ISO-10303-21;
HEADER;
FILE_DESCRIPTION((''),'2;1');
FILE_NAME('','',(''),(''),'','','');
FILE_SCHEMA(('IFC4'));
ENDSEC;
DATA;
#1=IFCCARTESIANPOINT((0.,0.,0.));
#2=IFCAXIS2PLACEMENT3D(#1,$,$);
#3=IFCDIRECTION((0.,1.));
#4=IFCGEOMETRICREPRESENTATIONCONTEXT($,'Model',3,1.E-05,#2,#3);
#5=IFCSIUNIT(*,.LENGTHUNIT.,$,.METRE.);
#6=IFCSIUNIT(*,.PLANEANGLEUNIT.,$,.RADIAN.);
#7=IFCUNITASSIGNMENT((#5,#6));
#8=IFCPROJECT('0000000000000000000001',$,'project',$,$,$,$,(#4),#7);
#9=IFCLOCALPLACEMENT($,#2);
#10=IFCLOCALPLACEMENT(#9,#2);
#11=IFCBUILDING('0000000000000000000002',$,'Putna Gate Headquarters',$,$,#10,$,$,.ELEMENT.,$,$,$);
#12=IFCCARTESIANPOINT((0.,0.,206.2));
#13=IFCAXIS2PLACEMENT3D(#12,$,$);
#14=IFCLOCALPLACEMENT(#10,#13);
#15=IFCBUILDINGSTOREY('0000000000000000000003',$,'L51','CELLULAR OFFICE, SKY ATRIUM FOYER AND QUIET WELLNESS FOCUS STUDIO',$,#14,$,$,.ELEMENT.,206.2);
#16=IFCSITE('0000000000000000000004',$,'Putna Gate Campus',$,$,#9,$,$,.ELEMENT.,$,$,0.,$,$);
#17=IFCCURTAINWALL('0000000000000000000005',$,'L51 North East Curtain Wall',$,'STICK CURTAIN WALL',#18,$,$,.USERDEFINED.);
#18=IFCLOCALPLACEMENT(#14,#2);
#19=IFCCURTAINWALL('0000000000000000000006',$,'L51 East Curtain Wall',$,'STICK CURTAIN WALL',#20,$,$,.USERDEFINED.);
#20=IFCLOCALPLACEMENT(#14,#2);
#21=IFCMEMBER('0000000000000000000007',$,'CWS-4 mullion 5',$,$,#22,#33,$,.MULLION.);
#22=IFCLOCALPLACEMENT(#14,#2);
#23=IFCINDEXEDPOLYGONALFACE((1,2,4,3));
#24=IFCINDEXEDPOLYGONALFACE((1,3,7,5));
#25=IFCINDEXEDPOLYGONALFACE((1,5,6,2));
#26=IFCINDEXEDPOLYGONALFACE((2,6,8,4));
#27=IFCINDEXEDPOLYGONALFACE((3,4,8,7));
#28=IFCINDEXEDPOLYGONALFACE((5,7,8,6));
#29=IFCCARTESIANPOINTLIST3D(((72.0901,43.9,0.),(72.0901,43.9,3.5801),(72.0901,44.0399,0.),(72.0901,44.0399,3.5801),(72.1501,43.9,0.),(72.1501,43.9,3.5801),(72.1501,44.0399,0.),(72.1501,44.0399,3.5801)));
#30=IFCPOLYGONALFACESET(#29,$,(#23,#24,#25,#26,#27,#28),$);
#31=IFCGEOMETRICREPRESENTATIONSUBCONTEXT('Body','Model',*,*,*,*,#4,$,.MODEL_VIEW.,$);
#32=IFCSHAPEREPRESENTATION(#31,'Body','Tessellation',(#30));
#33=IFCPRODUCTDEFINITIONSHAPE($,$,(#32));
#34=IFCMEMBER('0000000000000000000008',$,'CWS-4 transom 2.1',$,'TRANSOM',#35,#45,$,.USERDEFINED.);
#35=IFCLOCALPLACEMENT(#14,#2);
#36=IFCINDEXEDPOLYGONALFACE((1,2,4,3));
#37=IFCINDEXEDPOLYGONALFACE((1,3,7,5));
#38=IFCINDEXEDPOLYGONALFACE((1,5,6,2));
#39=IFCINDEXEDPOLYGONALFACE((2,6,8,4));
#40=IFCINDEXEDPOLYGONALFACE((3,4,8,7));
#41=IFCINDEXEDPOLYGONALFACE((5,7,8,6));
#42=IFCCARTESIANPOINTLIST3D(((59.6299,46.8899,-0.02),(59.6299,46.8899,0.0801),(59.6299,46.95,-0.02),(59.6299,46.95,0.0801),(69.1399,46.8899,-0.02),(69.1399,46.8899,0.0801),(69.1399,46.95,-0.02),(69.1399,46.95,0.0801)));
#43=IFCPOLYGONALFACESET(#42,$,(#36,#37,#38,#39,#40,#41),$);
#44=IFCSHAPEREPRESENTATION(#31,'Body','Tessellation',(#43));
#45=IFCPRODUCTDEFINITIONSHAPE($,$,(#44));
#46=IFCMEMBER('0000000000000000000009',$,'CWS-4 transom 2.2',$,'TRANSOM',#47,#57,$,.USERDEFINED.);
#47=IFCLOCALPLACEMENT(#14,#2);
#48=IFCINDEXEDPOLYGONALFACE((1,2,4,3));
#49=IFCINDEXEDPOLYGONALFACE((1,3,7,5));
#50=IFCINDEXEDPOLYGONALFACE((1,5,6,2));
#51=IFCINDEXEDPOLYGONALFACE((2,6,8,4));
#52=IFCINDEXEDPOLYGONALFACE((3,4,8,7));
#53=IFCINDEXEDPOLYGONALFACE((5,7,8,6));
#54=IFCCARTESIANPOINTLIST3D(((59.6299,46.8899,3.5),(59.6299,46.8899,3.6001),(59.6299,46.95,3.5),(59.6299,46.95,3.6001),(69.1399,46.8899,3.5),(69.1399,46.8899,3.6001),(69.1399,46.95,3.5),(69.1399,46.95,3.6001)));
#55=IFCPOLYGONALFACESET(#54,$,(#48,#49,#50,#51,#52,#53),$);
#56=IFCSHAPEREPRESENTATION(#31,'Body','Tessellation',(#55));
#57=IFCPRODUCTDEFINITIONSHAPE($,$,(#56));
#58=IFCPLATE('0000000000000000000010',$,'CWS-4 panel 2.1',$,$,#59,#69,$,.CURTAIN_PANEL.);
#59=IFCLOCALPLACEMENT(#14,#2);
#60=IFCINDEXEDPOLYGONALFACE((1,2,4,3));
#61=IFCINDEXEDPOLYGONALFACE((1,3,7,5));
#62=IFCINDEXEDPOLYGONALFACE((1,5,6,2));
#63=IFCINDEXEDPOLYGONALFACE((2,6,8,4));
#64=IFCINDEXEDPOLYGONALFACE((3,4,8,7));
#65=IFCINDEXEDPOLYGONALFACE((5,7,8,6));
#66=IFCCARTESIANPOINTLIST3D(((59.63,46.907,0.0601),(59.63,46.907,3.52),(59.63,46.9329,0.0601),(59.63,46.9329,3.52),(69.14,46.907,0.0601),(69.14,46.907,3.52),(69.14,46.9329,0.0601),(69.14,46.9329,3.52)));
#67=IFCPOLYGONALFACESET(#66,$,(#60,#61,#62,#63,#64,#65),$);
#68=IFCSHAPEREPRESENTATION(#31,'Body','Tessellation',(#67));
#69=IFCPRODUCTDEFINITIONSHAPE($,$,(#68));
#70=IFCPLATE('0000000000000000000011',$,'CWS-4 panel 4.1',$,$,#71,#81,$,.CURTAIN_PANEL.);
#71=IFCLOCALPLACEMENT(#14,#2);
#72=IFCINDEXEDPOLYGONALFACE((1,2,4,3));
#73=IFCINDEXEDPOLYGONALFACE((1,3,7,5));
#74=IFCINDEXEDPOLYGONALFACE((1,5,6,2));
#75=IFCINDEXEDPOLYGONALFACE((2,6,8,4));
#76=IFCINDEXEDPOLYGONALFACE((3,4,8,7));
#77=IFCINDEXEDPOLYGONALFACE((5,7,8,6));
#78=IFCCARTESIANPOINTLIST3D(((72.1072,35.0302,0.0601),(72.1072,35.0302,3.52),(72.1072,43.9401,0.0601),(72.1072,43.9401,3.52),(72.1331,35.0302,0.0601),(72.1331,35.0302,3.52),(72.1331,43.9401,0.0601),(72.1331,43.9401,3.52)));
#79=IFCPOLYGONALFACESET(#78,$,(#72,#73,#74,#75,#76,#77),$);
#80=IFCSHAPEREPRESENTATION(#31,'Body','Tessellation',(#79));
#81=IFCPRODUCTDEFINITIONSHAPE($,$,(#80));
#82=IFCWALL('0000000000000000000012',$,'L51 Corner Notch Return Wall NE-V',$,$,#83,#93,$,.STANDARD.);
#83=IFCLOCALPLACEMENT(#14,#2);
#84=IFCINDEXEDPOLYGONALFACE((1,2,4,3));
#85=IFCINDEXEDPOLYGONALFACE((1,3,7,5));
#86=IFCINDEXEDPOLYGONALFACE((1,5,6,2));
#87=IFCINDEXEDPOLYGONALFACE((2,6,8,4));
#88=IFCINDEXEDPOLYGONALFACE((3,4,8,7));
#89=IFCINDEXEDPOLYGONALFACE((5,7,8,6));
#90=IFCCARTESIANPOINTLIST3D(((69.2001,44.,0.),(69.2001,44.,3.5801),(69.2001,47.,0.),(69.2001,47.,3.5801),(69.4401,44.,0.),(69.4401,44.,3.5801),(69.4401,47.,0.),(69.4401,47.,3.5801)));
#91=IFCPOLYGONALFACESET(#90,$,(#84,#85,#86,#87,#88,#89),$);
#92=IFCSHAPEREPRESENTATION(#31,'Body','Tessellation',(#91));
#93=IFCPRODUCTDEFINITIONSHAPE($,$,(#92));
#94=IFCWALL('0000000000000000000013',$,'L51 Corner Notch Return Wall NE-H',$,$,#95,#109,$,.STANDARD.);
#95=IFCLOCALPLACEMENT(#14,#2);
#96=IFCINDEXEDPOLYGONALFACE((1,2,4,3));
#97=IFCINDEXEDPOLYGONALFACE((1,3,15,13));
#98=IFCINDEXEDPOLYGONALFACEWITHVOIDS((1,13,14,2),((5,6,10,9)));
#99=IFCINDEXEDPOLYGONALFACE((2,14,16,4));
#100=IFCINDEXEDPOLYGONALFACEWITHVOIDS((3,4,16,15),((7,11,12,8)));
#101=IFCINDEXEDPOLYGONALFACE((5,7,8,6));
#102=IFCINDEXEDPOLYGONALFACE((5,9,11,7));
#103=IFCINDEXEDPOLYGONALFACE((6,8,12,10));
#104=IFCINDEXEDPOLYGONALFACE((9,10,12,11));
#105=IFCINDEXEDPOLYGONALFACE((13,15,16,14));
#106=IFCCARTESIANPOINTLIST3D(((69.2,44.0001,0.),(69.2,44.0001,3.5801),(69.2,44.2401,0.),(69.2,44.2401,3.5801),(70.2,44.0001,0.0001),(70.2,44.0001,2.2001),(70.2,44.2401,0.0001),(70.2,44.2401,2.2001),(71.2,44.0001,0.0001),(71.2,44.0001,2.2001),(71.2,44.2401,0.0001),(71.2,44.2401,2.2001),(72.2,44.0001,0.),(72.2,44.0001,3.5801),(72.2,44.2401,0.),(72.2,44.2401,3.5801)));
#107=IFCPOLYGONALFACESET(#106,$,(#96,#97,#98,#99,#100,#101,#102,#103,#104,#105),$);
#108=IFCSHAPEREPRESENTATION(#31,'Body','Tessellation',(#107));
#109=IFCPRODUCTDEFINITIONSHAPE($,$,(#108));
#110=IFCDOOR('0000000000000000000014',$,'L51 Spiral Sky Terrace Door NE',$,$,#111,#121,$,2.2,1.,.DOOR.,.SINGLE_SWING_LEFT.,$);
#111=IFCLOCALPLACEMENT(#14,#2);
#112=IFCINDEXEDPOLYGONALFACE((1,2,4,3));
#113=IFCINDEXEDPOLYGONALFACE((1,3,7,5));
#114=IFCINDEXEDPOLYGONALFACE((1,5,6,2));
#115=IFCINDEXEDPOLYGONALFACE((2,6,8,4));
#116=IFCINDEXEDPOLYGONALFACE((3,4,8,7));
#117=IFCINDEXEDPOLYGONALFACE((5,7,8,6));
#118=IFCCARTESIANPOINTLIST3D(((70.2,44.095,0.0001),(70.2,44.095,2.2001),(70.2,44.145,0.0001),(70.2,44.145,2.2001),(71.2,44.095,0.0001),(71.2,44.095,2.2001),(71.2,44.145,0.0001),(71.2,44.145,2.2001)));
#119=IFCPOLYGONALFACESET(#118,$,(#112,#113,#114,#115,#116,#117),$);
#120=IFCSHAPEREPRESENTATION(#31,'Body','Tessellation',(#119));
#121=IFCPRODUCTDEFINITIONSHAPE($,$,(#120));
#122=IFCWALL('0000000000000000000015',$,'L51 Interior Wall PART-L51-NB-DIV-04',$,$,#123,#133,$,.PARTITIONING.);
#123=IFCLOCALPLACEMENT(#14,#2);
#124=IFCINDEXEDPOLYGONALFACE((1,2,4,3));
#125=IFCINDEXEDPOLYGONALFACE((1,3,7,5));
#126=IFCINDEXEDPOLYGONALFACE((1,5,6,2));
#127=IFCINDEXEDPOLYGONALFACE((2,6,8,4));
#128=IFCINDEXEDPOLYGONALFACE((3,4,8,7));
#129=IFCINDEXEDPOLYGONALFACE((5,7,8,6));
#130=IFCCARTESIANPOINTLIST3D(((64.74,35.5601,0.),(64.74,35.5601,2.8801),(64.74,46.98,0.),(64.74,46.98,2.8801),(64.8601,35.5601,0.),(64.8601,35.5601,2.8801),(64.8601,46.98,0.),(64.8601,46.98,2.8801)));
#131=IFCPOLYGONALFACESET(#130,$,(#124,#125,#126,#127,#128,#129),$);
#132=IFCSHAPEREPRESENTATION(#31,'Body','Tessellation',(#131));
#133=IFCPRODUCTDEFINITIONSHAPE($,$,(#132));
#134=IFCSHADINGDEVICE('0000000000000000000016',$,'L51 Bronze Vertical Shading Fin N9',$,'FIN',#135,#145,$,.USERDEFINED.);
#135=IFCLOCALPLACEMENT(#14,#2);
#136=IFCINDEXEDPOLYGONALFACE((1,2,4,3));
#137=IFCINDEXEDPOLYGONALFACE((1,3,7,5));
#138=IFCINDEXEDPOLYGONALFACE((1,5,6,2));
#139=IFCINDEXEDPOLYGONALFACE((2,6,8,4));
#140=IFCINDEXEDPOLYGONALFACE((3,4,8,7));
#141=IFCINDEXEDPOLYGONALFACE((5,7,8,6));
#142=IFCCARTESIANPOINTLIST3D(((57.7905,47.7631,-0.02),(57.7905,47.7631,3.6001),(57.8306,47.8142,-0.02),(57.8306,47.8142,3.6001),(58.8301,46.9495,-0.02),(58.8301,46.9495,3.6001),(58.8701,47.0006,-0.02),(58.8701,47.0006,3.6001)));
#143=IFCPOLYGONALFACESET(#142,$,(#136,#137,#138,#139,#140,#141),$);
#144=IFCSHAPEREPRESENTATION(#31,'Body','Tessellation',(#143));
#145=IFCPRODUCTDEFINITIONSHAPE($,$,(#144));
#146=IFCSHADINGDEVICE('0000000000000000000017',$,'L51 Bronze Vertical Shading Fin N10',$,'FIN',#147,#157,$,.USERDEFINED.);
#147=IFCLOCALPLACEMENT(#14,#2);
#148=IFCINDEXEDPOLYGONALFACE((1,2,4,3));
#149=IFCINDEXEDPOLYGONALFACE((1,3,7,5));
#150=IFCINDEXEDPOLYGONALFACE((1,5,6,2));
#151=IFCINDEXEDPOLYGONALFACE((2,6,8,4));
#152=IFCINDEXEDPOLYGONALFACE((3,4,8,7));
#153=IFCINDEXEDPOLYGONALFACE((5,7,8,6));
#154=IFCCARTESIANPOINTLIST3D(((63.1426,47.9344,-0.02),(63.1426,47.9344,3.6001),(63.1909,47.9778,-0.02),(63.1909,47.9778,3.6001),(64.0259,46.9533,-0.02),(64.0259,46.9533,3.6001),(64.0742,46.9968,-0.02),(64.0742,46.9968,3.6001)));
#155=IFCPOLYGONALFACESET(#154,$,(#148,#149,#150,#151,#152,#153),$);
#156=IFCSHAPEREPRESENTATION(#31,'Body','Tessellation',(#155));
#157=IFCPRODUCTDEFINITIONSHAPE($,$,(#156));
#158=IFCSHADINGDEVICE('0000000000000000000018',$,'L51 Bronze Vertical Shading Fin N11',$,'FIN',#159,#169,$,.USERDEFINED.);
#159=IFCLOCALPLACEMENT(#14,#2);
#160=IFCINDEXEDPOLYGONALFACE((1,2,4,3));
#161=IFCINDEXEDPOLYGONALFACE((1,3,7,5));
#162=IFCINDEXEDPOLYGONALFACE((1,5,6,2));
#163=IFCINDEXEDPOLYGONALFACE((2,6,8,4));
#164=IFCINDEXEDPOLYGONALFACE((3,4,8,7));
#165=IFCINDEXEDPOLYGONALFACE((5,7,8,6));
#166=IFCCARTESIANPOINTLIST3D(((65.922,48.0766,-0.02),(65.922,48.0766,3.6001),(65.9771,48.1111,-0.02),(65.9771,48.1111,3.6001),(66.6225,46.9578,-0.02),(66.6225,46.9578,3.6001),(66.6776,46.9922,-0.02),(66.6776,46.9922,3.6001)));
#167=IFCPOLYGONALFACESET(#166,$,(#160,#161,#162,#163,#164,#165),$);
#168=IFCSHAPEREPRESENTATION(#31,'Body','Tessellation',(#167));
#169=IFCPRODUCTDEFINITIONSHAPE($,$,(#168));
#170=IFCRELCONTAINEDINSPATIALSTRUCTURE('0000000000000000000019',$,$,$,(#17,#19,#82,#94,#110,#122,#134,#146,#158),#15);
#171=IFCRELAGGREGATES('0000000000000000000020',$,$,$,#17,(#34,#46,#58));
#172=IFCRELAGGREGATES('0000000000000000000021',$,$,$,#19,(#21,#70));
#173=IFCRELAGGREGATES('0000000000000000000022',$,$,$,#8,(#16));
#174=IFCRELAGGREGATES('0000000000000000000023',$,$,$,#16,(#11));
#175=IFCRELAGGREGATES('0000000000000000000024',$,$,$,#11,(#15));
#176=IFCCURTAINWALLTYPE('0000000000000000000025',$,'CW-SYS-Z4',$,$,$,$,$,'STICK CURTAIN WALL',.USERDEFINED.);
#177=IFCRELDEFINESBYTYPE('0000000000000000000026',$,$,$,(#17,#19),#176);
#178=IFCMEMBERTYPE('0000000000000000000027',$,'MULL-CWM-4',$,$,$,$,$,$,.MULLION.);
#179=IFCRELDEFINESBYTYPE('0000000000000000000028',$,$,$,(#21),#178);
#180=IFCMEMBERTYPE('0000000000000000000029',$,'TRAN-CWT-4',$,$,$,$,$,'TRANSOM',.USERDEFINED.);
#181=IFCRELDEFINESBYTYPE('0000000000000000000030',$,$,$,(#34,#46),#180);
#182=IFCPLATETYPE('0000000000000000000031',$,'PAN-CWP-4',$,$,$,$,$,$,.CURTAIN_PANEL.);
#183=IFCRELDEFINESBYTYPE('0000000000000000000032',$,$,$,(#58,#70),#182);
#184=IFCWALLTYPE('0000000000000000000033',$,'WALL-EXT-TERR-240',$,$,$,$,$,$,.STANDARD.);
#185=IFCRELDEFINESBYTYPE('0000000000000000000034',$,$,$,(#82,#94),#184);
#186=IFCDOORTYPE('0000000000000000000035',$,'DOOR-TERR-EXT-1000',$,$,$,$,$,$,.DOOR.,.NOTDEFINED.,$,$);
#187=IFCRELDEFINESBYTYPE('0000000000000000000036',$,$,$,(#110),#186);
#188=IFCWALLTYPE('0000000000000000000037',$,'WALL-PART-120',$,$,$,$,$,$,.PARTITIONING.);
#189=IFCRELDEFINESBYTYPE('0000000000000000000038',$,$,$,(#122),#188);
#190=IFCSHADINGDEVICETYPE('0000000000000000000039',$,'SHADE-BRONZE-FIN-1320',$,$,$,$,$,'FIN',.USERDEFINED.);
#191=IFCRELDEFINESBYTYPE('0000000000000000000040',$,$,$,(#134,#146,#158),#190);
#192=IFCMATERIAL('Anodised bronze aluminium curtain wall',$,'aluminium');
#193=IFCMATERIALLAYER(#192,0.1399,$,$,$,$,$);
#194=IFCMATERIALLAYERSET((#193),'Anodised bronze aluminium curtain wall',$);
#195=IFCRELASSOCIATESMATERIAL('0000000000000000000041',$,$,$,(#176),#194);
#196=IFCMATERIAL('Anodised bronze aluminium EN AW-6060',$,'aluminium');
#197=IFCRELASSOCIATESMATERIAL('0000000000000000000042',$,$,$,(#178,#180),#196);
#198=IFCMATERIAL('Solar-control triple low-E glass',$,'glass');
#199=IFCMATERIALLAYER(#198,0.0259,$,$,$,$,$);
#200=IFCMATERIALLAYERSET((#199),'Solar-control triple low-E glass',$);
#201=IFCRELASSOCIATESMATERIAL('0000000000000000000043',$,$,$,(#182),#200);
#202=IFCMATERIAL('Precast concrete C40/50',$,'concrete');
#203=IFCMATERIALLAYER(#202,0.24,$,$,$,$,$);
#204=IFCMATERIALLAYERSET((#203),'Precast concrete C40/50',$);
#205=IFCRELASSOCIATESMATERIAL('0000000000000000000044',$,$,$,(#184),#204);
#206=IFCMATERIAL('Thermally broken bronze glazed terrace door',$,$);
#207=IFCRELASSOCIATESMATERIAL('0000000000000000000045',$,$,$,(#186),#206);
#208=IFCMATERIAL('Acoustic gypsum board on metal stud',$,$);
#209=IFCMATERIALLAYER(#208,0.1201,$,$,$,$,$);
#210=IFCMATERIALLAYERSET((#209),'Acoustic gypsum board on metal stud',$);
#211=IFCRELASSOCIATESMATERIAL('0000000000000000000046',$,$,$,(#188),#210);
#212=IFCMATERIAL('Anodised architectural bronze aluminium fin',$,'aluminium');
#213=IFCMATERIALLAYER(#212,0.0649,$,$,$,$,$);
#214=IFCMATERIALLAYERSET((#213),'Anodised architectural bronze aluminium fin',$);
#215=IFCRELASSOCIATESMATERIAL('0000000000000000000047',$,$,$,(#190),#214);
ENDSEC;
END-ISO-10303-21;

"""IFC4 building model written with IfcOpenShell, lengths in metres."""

from ifc_helpers import new_model, si_unit, direction, frame, frame_2d, origin, origin_2d, place, context, subcontext, project, spatial, rectangle, extrude, material, layer, layer_set, material_profile, profile_set, type_object, element, fill, aggregate, save


model = new_model("IFC4")

# Units and contexts
model_context = context("Model", 3, precision=1e-05, world=origin(), true_north=direction((0.0, 1.0)))
body_context = subcontext(model_context, "Body", "Model", "MODEL_VIEW")
ifc_project = project(units=[si_unit("LENGTHUNIT", "METRE"), si_unit("PLANEANGLEUNIT", "RADIAN")], contexts=[model_context])

# Site, building, storey
site_placement = place(None, origin())
site = spatial("IfcSite", under=ifc_project, at=site_placement, Name="Putna Gate Campus", CompositionType="ELEMENT", RefElevation=0.0)
building_placement = place(site_placement, origin())
building = spatial("IfcBuilding", under=site, at=building_placement, Name="Putna Gate Headquarters", CompositionType="ELEMENT")
storey_placement = place(building_placement, frame((0.0, 0.0, 206.2)))
storey = spatial("IfcBuildingStorey", under=building, at=storey_placement, Name="L51", Description="CELLULAR OFFICE, SKY ATRIUM FOYER AND QUIET WELLNESS FOCUS STUDIO", CompositionType="ELEMENT", Elevation=206.2)

# Curtain wall
ifc_material_1 = material(Name="Anodised bronze aluminium curtain wall", Category="aluminium")
ifc_layer_1 = layer(ifc_material_1, 0.1399)
ifc_layer_set_1 = layer_set([ifc_layer_1], Name="Anodised bronze aluminium curtain wall")
curtain_wall_type = type_object("IfcCurtainWallType", Name="CW-SYS-Z4", ElementType="STICK CURTAIN WALL", PredefinedType="USERDEFINED", material=ifc_layer_set_1)
curtain_wall_1_placement = place(storey_placement, origin())
curtain_wall_1 = element("IfcCurtainWall", 1, at=curtain_wall_1_placement, inside=storey, type_object=curtain_wall_type, Name="L51 North East Curtain Wall", ObjectType="STICK CURTAIN WALL", PredefinedType="USERDEFINED")
ifc_material_2 = material(Name="Anodised bronze aluminium EN AW-6060", Category="aluminium")
ifc_material_profile_1 = material_profile(ifc_material_2, rectangle(XDim=0.0601, YDim=0.1399, at=origin_2d()), Name="Anodised bronze aluminium EN AW-6060")
ifc_profile_set_1 = profile_set([ifc_material_profile_1], Name="Anodised bronze aluminium EN AW-6060")
member_type_1 = type_object("IfcMemberType", Name="MULL-CWM-4", PredefinedType="MULLION", material=ifc_profile_set_1)

# Curtain wall, member
curtain_wall_2_placement = place(storey_placement, origin())
curtain_wall_2 = element("IfcCurtainWall", 2, at=curtain_wall_2_placement, inside=storey, type_object=curtain_wall_type, Name="L51 East Curtain Wall", ObjectType="STICK CURTAIN WALL", PredefinedType="USERDEFINED")
member_1_placement = place(storey_placement, frame((72.1201, 43.97, 0.0), z_axis=(0.0, 0.0, 1.0), x_axis=(-1.0, 0.0, 0.0)))
member_1 = element("IfcMember", 3, at=member_1_placement, type_object=member_type_1, Name="CWS-4 mullion 5", PredefinedType="MULLION", context=body_context, shape_type="SweptSolid", body=[
    extrude(rectangle(XDim=0.0601, YDim=0.1399, at=origin_2d()), origin(), (0.0, 0.0, 1.0), 3.5801),
])

# Members
ifc_material_profile_2 = material_profile(ifc_material_2, rectangle(XDim=0.0601, YDim=0.1001, at=origin_2d()), Name="Anodised bronze aluminium EN AW-6060")
ifc_profile_set_2 = profile_set([ifc_material_profile_2], Name="Anodised bronze aluminium EN AW-6060")
member_type_2 = type_object("IfcMemberType", Name="TRAN-CWT-4", ElementType="TRANSOM", PredefinedType="USERDEFINED", material=ifc_profile_set_2)
member_2_placement = place(storey_placement, frame((59.6299, 46.9199, 0.03), z_axis=(1.0, 0.0, 0.0), x_axis=(0.0, 1.0, 0.0)))
member_2 = element("IfcMember", 4, at=member_2_placement, type_object=member_type_2, Name="CWS-4 transom 2.1", ObjectType="TRANSOM", PredefinedType="USERDEFINED", context=body_context, shape_type="SweptSolid", body=[
    extrude(rectangle(XDim=0.0601, YDim=0.1001, at=origin_2d()), origin(), (0.0, 0.0, 1.0), 9.51),
])
member_3_placement = place(storey_placement, frame((59.6299, 46.9199, 3.55), z_axis=(1.0, 0.0, 0.0), x_axis=(0.0, 1.0, 0.0)))
member_3 = element("IfcMember", 5, at=member_3_placement, type_object=member_type_2, Name="CWS-4 transom 2.2", ObjectType="TRANSOM", PredefinedType="USERDEFINED", context=body_context, shape_type="SweptSolid", body=[
    extrude(rectangle(XDim=0.0601, YDim=0.1001, at=origin_2d()), origin(), (0.0, 0.0, 1.0), 9.51),
])

# Plates
ifc_material_3 = material(Name="Solar-control triple low-E glass", Category="glass")
ifc_layer_2 = layer(ifc_material_3, 0.0259)
ifc_layer_set_2 = layer_set([ifc_layer_2], Name="Solar-control triple low-E glass")
plate_type = type_object("IfcPlateType", Name="PAN-CWP-4", PredefinedType="CURTAIN_PANEL", material=ifc_layer_set_2)
plate_1_placement = place(storey_placement, frame((64.385, 46.9199, 0.0601), z_axis=(0.0, 0.0, 1.0), x_axis=(1.0, 0.0, 0.0)))
plate_1 = element("IfcPlate", 6, at=plate_1_placement, type_object=plate_type, Name="CWS-4 panel 2.1", PredefinedType="CURTAIN_PANEL", context=body_context, shape_type="SweptSolid", body=[
    extrude(rectangle(XDim=9.51, YDim=0.0259, at=origin_2d()), origin(), (0.0, 0.0, 1.0), 3.46),
])
aggregate(curtain_wall_1, [member_2, member_3, plate_1])
plate_2_placement = place(storey_placement, frame((72.1201, 39.4851, 0.0601), z_axis=(0.0, 0.0, 1.0), x_axis=(0.0, 1.0, 0.0)))
plate_2 = element("IfcPlate", 7, at=plate_2_placement, type_object=plate_type, Name="CWS-4 panel 4.1", PredefinedType="CURTAIN_PANEL", context=body_context, shape_type="SweptSolid", body=[
    extrude(rectangle(XDim=8.9099, YDim=0.0259, at=origin_2d()), origin(), (0.0, 0.0, 1.0), 3.46),
])
aggregate(curtain_wall_2, [member_1, plate_2])

# Wall
ifc_material_4 = material(Name="Precast concrete C40/50", Category="concrete")
ifc_layer_3 = layer(ifc_material_4, 0.24)
ifc_layer_set_3 = layer_set([ifc_layer_3], Name="Precast concrete C40/50")
wall_type_1 = type_object("IfcWallType", Name="WALL-EXT-TERR-240", PredefinedType="STANDARD", material=ifc_layer_set_3)
wall_1_placement = place(storey_placement, frame((69.3201, 47.0, 0.0), z_axis=(0.0, 0.0, 1.0), x_axis=(0.0, -1.0, 0.0)))
element("IfcWall", 8, at=wall_1_placement, inside=storey, type_object=wall_type_1, Name="L51 Corner Notch Return Wall NE-V", PredefinedType="STANDARD", context=body_context, shape_type="SweptSolid", body=[
    extrude(rectangle(XDim=3.0, YDim=0.24, at=frame_2d((1.5, 0.0))), origin(), (0.0, 0.0, 1.0), 3.5801),
])

# Wall, opening, door
wall_2_placement = place(storey_placement, frame((69.2, 44.1201, 0.0), z_axis=(0.0, 0.0, 1.0), x_axis=(1.0, 0.0, 0.0)))
wall_2 = element("IfcWall", 9, at=wall_2_placement, inside=storey, type_object=wall_type_1, Name="L51 Corner Notch Return Wall NE-H", PredefinedType="STANDARD", context=body_context, shape_type="SweptSolid", body=[
    extrude(rectangle(XDim=3.0, YDim=0.24, at=frame_2d((1.5, 0.0))), origin(), (0.0, 0.0, 1.0), 3.5801),
])
opening_placement = place(wall_2_placement, frame((1.0, 0.0, 0.0)))
opening = element("IfcOpeningElement", 10, at=opening_placement, cuts=wall_2, PredefinedType="OPENING", context=body_context, shape_type="SweptSolid", body=[
    extrude(rectangle(XDim=1.0, YDim=2.2, at=frame_2d((0.5, 1.1001))), frame((0.0, 0.1299, 0.0), z_axis=(0.0, -1.0, 0.0), x_axis=(1.0, 0.0, 0.0)), (0.0, 0.0, 1.0), 0.26),
])
ifc_material_5 = material(Name="Thermally broken bronze glazed terrace door")
door_type = type_object("IfcDoorType", Name="DOOR-TERR-EXT-1000", OperationType="NOTDEFINED", PredefinedType="DOOR", material=ifc_material_5)
door_placement = place(opening_placement, origin())
door = element("IfcDoor", 11, at=door_placement, inside=storey, type_object=door_type, Name="L51 Spiral Sky Terrace Door NE", OperationType="SINGLE_SWING_LEFT", OverallHeight=2.2, OverallWidth=1.0, PredefinedType="DOOR", context=body_context, shape_type="SweptSolid", body=[
    extrude(rectangle(XDim=1.0, YDim=2.2, at=frame_2d((0.5, 1.1001))), frame((0.0, 0.0249, 0.0), z_axis=(0.0, -1.0, 0.0), x_axis=(1.0, 0.0, 0.0)), (0.0, 0.0, 1.0), 0.05),
])
fill(opening, door)

# Wall
ifc_material_6 = material(Name="Acoustic gypsum board on metal stud")
ifc_layer_4 = layer(ifc_material_6, 0.1201)
ifc_layer_set_4 = layer_set([ifc_layer_4], Name="Acoustic gypsum board on metal stud")
wall_type_2 = type_object("IfcWallType", Name="WALL-PART-120", PredefinedType="PARTITIONING", material=ifc_layer_set_4)
wall_3_placement = place(storey_placement, frame((64.8, 35.5601, 0.0), z_axis=(0.0, 0.0, 1.0), x_axis=(0.0, 1.0, 0.0)))
element("IfcWall", 12, at=wall_3_placement, inside=storey, type_object=wall_type_2, Name="L51 Interior Wall PART-L51-NB-DIV-04", PredefinedType="PARTITIONING", context=body_context, shape_type="SweptSolid", body=[
    extrude(rectangle(XDim=11.4199, YDim=0.1201, at=frame_2d((5.71, 0.0))), origin(), (0.0, 0.0, 1.0), 2.8801),
])

# Shading devices
ifc_material_7 = material(Name="Anodised architectural bronze aluminium fin", Category="aluminium")
ifc_layer_5 = layer(ifc_material_7, 0.0649)
ifc_layer_set_5 = layer_set([ifc_layer_5], Name="Anodised architectural bronze aluminium fin")
shading_device_type = type_object("IfcShadingDeviceType", Name="SHADE-BRONZE-FIN-1320", ElementType="FIN", PredefinedType="USERDEFINED", material=ifc_layer_set_5)
for number, where, z_axis, x_axis, name in (
    (13, (58.3303, 47.3818, -0.02), (0.0, 0.0, 1.0), (-0.787473, 0.616349, 0.0), "L51 Bronze Vertical Shading Fin N9"),
    (14, (63.6084, 47.4656, -0.02), (0.0, 0.0, 1.0), (-0.669131, 0.743145, 0.0), "L51 Bronze Vertical Shading Fin N10"),
    (15, (66.2998, 47.5344, -0.02), (0.0, 0.0, 1.0), (-0.530659, 0.847585, 0.0), "L51 Bronze Vertical Shading Fin N11"),
):
    element("IfcShadingDevice", number, at=place(storey_placement, frame(where, z_axis=z_axis, x_axis=x_axis)), inside=storey, type_object=shading_device_type, Name=name, ObjectType="FIN", PredefinedType="USERDEFINED", context=body_context, shape_type="SweptSolid", body=[
        extrude(rectangle(XDim=1.3201, YDim=0.0649, at=origin_2d()), origin(), (0.0, 0.0, 1.0), 3.6201),
    ])

save(model, "model.ifc")
